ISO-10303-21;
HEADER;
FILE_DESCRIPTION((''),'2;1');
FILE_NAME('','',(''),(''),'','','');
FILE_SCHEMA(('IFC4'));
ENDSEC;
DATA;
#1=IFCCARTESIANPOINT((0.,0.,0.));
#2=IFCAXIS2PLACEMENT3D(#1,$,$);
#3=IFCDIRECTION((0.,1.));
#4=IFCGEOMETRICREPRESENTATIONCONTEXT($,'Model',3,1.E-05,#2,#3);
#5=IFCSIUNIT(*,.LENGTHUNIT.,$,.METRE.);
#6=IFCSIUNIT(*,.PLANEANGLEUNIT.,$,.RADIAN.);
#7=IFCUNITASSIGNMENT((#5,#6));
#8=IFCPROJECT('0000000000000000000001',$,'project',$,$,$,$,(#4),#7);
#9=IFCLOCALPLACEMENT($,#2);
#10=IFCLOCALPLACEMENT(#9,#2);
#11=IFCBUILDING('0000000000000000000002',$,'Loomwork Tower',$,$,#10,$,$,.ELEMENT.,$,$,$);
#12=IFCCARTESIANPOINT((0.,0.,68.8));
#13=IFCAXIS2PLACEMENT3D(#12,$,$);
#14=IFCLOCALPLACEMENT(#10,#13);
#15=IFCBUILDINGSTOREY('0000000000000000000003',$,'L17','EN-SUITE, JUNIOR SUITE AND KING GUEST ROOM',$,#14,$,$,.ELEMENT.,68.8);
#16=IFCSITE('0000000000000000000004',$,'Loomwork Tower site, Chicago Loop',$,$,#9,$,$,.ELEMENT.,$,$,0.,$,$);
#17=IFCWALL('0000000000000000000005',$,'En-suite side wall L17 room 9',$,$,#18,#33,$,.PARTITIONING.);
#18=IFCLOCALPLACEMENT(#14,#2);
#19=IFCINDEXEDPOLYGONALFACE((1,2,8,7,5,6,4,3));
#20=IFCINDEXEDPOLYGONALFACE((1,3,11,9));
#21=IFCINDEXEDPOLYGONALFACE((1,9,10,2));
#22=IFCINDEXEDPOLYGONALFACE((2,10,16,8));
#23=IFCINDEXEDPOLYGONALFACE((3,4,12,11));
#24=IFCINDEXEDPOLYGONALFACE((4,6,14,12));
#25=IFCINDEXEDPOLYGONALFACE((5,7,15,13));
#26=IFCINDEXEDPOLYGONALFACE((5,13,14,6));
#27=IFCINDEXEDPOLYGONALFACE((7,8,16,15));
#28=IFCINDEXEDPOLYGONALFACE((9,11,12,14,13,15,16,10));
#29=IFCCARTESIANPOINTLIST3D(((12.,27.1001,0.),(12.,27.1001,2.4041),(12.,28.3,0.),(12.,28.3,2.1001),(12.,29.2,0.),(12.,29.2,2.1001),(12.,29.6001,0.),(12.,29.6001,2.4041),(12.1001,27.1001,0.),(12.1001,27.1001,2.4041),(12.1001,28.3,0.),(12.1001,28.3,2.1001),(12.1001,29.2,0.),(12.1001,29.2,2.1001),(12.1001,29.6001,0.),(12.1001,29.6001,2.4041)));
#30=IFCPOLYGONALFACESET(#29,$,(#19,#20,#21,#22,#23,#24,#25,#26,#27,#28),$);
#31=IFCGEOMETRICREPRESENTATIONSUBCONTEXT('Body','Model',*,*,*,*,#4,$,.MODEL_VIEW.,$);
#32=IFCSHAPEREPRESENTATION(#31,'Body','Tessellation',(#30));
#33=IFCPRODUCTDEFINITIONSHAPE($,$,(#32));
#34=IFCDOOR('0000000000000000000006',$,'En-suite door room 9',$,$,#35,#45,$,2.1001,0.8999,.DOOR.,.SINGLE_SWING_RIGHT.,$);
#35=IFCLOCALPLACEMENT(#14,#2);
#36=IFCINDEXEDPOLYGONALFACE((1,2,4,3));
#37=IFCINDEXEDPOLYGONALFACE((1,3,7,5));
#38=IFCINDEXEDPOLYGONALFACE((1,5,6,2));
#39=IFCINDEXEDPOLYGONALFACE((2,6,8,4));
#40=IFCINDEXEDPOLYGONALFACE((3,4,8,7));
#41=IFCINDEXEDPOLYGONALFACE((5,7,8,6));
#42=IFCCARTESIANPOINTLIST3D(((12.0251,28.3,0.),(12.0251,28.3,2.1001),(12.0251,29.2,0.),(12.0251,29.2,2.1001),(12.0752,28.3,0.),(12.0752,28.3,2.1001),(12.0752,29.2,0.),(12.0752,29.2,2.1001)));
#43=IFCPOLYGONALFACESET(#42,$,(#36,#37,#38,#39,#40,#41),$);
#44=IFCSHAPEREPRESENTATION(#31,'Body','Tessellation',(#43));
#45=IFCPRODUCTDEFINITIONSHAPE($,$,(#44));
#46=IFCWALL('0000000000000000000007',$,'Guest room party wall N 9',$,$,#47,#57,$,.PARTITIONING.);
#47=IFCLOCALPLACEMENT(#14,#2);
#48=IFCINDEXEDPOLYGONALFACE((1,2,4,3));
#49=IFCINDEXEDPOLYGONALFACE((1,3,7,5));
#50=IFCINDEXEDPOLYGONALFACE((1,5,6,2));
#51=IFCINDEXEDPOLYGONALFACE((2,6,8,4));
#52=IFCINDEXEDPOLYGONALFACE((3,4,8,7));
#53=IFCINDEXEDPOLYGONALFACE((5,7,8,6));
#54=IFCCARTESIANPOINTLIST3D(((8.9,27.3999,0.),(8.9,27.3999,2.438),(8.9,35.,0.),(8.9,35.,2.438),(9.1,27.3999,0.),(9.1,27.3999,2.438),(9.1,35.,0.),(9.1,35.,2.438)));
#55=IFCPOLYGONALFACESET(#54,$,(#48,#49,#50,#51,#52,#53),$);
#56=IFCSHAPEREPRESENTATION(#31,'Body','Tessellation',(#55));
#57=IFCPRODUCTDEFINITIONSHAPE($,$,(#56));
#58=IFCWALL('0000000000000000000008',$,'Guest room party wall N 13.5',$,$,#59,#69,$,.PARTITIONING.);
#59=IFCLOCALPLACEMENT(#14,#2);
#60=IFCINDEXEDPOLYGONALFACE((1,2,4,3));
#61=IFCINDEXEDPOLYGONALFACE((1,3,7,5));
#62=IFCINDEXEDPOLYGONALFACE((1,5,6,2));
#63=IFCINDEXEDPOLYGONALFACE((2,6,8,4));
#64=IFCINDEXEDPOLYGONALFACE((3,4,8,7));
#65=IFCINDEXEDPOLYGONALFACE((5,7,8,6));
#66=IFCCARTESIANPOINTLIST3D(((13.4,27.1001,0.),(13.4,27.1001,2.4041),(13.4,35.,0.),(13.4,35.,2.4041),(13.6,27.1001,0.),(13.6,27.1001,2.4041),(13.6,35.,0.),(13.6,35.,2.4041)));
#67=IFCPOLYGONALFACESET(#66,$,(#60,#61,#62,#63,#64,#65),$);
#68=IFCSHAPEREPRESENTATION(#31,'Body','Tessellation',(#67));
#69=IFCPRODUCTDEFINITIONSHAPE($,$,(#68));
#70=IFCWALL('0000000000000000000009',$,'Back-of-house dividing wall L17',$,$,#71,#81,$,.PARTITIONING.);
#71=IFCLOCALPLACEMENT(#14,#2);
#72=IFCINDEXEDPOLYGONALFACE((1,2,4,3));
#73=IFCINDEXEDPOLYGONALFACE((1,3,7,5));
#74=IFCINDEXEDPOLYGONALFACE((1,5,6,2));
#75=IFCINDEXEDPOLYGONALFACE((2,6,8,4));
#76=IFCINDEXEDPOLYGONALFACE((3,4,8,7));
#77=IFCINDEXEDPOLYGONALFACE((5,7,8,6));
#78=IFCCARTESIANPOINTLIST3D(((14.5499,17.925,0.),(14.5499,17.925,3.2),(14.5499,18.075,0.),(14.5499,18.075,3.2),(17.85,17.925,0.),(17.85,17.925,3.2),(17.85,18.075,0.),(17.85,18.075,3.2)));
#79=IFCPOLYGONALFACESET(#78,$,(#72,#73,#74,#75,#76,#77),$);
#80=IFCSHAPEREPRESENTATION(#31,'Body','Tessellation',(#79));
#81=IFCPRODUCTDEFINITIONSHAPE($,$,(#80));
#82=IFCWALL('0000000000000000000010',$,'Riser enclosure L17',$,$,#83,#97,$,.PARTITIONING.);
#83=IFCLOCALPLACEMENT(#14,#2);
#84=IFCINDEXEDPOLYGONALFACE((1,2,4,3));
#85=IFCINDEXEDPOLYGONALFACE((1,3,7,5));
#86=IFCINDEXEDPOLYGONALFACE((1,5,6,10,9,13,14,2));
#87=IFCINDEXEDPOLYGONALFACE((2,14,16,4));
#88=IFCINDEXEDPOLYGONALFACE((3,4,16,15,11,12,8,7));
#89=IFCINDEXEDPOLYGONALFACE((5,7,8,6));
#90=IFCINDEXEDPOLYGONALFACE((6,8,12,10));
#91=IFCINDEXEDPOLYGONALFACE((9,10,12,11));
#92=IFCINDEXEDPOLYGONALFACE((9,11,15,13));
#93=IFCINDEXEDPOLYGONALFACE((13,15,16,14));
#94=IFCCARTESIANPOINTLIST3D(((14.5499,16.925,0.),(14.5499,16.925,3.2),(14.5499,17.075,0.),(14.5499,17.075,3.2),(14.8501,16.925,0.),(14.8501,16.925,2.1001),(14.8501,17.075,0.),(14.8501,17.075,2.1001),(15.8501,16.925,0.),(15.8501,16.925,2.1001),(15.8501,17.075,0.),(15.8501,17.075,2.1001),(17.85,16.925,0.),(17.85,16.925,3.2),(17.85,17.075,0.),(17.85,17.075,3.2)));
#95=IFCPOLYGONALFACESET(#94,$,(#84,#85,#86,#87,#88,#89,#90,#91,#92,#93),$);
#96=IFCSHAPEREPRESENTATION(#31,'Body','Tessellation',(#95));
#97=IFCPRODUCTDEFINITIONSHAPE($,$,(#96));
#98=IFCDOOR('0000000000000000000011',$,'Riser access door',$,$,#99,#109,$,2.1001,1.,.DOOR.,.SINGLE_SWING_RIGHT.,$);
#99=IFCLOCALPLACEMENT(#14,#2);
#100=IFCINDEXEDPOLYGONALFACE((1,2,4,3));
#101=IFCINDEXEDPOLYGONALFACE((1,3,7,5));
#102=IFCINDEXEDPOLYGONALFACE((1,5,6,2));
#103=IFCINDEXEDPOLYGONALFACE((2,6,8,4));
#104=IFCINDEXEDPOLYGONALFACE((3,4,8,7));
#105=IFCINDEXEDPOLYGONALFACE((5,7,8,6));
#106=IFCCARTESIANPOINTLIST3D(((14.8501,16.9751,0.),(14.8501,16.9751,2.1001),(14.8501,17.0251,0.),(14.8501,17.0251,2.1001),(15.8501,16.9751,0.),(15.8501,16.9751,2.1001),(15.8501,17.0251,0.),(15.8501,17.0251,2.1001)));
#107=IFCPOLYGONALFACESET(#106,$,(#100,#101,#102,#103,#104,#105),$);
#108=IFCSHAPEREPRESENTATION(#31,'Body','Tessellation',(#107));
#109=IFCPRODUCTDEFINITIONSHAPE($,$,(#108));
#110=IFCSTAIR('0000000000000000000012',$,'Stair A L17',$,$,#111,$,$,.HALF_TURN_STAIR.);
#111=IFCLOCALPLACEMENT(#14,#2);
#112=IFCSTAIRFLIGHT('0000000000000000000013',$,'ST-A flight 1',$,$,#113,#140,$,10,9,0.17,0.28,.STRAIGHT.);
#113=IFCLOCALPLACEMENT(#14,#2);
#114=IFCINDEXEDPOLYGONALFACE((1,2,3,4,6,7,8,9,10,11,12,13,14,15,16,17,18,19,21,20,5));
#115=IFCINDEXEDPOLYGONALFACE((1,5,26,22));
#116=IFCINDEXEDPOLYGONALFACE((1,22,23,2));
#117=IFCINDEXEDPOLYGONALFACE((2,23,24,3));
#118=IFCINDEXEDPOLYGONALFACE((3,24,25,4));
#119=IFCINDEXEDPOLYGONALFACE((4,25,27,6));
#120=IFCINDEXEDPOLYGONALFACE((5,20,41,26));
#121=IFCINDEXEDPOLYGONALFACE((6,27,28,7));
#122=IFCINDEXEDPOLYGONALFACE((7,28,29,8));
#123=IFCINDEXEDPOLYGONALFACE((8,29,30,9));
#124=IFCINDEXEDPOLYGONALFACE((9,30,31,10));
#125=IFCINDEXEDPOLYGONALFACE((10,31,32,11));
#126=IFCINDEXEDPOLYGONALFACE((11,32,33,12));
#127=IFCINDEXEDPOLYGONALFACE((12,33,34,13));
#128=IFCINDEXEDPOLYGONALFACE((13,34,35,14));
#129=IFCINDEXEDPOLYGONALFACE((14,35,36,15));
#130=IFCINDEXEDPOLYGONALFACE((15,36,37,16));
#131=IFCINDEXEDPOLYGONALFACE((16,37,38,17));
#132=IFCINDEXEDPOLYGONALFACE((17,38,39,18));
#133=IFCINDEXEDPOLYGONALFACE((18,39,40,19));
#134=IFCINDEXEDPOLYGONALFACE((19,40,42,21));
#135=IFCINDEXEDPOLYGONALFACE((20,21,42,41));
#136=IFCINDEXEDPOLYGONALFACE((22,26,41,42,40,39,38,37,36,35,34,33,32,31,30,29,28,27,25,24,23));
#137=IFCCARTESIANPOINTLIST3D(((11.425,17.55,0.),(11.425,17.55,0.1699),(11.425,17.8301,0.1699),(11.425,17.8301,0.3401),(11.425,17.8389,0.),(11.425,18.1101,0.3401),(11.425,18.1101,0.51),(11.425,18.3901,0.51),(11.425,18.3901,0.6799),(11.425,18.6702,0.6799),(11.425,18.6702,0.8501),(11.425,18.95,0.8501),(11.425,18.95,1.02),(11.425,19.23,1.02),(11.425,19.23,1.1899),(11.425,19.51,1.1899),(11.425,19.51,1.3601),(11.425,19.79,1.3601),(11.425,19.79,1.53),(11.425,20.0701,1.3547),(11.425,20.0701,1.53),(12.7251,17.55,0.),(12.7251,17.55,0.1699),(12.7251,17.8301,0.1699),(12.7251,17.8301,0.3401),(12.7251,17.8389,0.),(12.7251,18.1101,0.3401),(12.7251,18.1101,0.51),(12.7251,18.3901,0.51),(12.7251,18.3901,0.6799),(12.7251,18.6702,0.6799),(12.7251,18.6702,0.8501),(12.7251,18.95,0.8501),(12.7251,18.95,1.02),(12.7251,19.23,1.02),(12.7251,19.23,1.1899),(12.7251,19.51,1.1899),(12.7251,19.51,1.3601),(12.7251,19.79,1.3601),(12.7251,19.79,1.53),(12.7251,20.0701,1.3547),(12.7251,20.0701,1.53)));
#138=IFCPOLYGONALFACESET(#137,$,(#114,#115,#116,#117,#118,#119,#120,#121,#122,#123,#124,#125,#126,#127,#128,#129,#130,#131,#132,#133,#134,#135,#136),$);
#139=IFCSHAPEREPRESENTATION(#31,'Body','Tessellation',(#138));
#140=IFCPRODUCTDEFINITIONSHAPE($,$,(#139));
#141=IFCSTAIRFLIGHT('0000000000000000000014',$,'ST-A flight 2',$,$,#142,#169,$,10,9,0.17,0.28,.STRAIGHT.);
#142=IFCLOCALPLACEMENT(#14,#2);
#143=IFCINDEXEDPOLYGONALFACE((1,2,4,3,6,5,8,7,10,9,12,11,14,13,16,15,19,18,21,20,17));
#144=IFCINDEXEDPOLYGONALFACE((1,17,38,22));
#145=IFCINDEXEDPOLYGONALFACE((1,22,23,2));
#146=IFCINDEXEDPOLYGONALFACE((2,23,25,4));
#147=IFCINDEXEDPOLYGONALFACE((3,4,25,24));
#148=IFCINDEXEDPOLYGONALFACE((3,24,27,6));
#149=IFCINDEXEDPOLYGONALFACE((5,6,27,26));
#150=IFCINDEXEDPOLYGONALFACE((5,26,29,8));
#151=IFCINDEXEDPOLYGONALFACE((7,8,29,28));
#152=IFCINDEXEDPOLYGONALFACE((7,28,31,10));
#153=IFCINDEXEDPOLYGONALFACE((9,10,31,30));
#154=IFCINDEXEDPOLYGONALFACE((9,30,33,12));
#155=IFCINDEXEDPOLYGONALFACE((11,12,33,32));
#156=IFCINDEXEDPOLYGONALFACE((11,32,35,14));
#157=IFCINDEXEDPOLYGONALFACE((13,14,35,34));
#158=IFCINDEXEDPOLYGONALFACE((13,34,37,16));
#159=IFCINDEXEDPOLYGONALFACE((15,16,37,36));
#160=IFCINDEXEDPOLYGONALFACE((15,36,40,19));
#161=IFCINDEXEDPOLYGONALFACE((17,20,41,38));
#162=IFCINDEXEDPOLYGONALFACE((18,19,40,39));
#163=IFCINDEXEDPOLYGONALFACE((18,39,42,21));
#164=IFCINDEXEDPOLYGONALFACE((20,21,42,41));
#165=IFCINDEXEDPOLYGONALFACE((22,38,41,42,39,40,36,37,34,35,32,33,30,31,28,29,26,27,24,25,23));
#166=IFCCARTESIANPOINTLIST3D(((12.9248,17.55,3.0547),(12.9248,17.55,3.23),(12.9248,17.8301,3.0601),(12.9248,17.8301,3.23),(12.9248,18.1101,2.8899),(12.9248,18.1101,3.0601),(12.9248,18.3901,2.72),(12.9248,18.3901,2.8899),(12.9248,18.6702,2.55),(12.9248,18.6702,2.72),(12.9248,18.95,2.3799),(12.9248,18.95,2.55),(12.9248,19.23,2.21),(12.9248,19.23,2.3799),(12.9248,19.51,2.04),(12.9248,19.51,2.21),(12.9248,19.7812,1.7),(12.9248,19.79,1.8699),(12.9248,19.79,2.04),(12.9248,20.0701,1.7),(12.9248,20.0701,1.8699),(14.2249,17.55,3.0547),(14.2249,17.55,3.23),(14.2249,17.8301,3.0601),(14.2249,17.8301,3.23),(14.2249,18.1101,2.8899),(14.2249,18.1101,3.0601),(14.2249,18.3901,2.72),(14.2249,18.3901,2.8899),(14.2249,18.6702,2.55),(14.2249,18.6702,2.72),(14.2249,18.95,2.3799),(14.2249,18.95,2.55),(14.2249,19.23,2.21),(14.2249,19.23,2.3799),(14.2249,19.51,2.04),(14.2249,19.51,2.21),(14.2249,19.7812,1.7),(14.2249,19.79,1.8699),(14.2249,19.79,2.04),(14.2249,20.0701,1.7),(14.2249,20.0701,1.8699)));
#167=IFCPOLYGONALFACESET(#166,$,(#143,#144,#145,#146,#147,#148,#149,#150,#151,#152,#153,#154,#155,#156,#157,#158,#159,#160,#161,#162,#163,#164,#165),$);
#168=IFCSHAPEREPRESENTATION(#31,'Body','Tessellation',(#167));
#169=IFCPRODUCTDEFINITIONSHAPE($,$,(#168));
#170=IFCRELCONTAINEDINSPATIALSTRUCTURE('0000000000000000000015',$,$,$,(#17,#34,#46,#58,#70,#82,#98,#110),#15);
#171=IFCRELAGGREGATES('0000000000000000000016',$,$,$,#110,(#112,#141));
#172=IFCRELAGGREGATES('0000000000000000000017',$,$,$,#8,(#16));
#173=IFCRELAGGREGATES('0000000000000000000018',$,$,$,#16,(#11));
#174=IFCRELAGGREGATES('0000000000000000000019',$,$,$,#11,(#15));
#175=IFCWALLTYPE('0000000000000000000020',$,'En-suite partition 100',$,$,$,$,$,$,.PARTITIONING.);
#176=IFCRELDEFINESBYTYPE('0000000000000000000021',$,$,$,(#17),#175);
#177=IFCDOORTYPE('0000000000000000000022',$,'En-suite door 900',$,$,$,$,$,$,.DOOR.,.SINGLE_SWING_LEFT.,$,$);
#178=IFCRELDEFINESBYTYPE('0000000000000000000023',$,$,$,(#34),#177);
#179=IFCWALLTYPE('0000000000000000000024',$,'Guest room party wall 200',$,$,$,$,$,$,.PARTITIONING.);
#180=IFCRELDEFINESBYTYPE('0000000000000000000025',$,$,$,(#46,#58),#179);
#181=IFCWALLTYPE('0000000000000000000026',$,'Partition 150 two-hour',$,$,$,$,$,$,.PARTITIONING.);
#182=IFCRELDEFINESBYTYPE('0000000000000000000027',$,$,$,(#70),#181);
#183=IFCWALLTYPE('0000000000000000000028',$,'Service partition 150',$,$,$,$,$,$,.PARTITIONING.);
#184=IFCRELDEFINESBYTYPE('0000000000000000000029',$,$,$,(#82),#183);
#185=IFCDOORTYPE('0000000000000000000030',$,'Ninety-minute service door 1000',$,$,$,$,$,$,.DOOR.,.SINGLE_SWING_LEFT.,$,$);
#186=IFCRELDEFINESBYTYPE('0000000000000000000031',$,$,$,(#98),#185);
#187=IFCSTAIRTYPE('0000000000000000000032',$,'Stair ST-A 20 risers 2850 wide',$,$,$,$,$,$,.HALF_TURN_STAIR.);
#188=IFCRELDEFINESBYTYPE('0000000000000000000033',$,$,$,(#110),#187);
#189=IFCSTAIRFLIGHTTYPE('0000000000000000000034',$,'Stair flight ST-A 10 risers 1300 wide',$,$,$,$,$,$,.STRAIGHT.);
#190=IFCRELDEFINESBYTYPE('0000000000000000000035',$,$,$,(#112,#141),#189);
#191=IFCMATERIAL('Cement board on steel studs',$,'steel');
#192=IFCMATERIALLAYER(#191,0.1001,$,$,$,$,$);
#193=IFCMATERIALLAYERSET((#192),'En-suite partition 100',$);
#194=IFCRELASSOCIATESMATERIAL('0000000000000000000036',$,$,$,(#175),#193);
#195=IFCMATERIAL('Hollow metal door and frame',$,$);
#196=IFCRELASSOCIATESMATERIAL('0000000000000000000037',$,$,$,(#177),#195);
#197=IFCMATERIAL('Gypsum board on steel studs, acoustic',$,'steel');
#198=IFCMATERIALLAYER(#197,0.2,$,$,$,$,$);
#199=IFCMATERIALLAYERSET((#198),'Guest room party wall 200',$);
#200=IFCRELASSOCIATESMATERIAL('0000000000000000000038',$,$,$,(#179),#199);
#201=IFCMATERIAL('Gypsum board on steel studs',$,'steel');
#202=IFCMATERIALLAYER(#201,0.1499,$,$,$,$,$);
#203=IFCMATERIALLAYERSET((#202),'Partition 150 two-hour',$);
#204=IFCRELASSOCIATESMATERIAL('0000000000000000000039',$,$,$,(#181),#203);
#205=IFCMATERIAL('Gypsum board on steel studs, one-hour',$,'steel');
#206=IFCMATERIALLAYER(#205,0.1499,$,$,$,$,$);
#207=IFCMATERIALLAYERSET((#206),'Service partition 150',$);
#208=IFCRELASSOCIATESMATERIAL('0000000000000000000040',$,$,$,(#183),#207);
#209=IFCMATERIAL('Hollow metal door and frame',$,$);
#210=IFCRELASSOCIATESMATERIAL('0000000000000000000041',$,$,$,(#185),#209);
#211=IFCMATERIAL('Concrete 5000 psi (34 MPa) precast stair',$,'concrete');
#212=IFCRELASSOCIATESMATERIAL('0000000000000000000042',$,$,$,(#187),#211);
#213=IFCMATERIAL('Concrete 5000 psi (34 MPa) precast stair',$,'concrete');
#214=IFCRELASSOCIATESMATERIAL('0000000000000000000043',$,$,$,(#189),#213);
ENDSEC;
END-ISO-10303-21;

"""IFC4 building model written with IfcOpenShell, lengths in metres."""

from ifc_helpers import new_model, si_unit, direction, frame, frame_2d, origin, place, context, subcontext, project, spatial, polyline, rectangle, outline, extrude, material, layer, layer_set, type_object, element, fill, aggregate, save


model = new_model("IFC4")

# Units and contexts
model_context = context("Model", 3, precision=1e-05, world=origin(), true_north=direction((0.0, 1.0)))
body_context = subcontext(model_context, "Body", "Model", "MODEL_VIEW")
ifc_project = project(units=[si_unit("LENGTHUNIT", "METRE"), si_unit("PLANEANGLEUNIT", "RADIAN")], contexts=[model_context])

# Site, building, storey
site_placement = place(None, origin())
site = spatial("IfcSite", under=ifc_project, at=site_placement, Name="Loomwork Tower site, Chicago Loop", CompositionType="ELEMENT", RefElevation=0.0)
building_placement = place(site_placement, origin())
building = spatial("IfcBuilding", under=site, at=building_placement, Name="Loomwork Tower", CompositionType="ELEMENT")
storey_placement = place(building_placement, frame((0.0, 0.0, 68.8)))
storey = spatial("IfcBuildingStorey", under=building, at=storey_placement, Name="L17", Description="EN-SUITE, JUNIOR SUITE AND KING GUEST ROOM", CompositionType="ELEMENT", Elevation=68.8)

# Wall, opening, door
ifc_material_1 = material(Name="Cement board on steel studs", Category="steel")
ifc_layer_1 = layer(ifc_material_1, 0.1001)
ifc_layer_set_1 = layer_set([ifc_layer_1], Name="En-suite partition 100")
wall_type_1 = type_object("IfcWallType", Name="En-suite partition 100", PredefinedType="PARTITIONING", material=ifc_layer_set_1)
wall_1_placement = place(storey_placement, frame((12.05, 27.1001, 0.0), z_axis=(0.0, 0.0, 1.0), x_axis=(0.0, 1.0, 0.0)))
wall_1 = element("IfcWall", 1, at=wall_1_placement, inside=storey, type_object=wall_type_1, Name="En-suite side wall L17 room 9", PredefinedType="PARTITIONING", context=body_context, shape_type="SweptSolid", body=[
    extrude(rectangle(XDim=2.5, YDim=0.1001, at=frame_2d((1.25, 0.0))), origin(), (0.0, 0.0, 1.0), 2.4041),
])
opening_1_placement = place(wall_1_placement, frame((1.2, 0.0, 0.0)))
opening_1 = element("IfcOpeningElement", 2, at=opening_1_placement, cuts=wall_1, PredefinedType="OPENING", context=body_context, shape_type="SweptSolid", body=[
    extrude(rectangle(XDim=0.8999, YDim=2.1001, at=frame_2d((0.45, 1.05))), frame((0.0, 0.0601, 0.0), z_axis=(0.0, -1.0, 0.0), x_axis=(1.0, 0.0, 0.0)), (0.0, 0.0, 1.0), 0.1201),
])
ifc_material_2 = material(Name="Hollow metal door and frame")
door_type_1 = type_object("IfcDoorType", Name="En-suite door 900", OperationType="SINGLE_SWING_LEFT", PredefinedType="DOOR", material=ifc_material_2)
door_1_placement = place(opening_1_placement, origin())
door_1 = element("IfcDoor", 3, at=door_1_placement, inside=storey, type_object=door_type_1, Name="En-suite door room 9", OperationType="SINGLE_SWING_RIGHT", OverallHeight=2.1001, OverallWidth=0.8999, PredefinedType="DOOR", context=body_context, shape_type="SweptSolid", body=[
    extrude(rectangle(XDim=0.8999, YDim=2.1001, at=frame_2d((0.45, 1.05))), frame((0.0, 0.0249, 0.0), z_axis=(0.0, -1.0, 0.0), x_axis=(1.0, 0.0, 0.0)), (0.0, 0.0, 1.0), 0.05),
])
fill(opening_1, door_1)

# Walls
ifc_material_3 = material(Name="Gypsum board on steel studs, acoustic", Category="steel")
ifc_layer_2 = layer(ifc_material_3, 0.2)
ifc_layer_set_2 = layer_set([ifc_layer_2], Name="Guest room party wall 200")
wall_type_2 = type_object("IfcWallType", Name="Guest room party wall 200", PredefinedType="PARTITIONING", material=ifc_layer_set_2)
wall_2_placement = place(storey_placement, frame((9.0, 27.3999, 0.0), z_axis=(0.0, 0.0, 1.0), x_axis=(0.0, 1.0, 0.0)))
element("IfcWall", 4, at=wall_2_placement, inside=storey, type_object=wall_type_2, Name="Guest room party wall N 9", PredefinedType="PARTITIONING", context=body_context, shape_type="SweptSolid", body=[
    extrude(rectangle(XDim=7.6001, YDim=0.2, at=frame_2d((3.8, 0.0))), origin(), (0.0, 0.0, 1.0), 2.438),
])
wall_3_placement = place(storey_placement, frame((13.5, 27.1001, 0.0), z_axis=(0.0, 0.0, 1.0), x_axis=(0.0, 1.0, 0.0)))
element("IfcWall", 5, at=wall_3_placement, inside=storey, type_object=wall_type_2, Name="Guest room party wall N 13.5", PredefinedType="PARTITIONING", context=body_context, shape_type="SweptSolid", body=[
    extrude(rectangle(XDim=7.8999, YDim=0.2, at=frame_2d((3.95, 0.0))), origin(), (0.0, 0.0, 1.0), 2.4041),
])
ifc_material_4 = material(Name="Gypsum board on steel studs", Category="steel")
ifc_layer_3 = layer(ifc_material_4, 0.1499)
ifc_layer_set_3 = layer_set([ifc_layer_3], Name="Partition 150 two-hour")
wall_type_3 = type_object("IfcWallType", Name="Partition 150 two-hour", PredefinedType="PARTITIONING", material=ifc_layer_set_3)
wall_4_placement = place(storey_placement, frame((14.55, 18.0, 0.0), z_axis=(0.0, 0.0, 1.0), x_axis=(1.0, 0.0, 0.0)))
element("IfcWall", 6, at=wall_4_placement, inside=storey, type_object=wall_type_3, Name="Back-of-house dividing wall L17", PredefinedType="PARTITIONING", context=body_context, shape_type="SweptSolid", body=[
    extrude(rectangle(XDim=3.3, YDim=0.1499, at=frame_2d((1.6499, 0.0))), origin(), (0.0, 0.0, 1.0), 3.2),
])

# Wall, opening, door
ifc_material_5 = material(Name="Gypsum board on steel studs, one-hour", Category="steel")
ifc_layer_4 = layer(ifc_material_5, 0.1499)
ifc_layer_set_4 = layer_set([ifc_layer_4], Name="Service partition 150")
wall_type_4 = type_object("IfcWallType", Name="Service partition 150", PredefinedType="PARTITIONING", material=ifc_layer_set_4)
wall_5_placement = place(storey_placement, frame((14.55, 17.0, 0.0), z_axis=(0.0, 0.0, 1.0), x_axis=(1.0, 0.0, 0.0)))
wall_5 = element("IfcWall", 7, at=wall_5_placement, inside=storey, type_object=wall_type_4, Name="Riser enclosure L17", PredefinedType="PARTITIONING", context=body_context, shape_type="SweptSolid", body=[
    extrude(rectangle(XDim=3.3, YDim=0.1499, at=frame_2d((1.6499, 0.0))), origin(), (0.0, 0.0, 1.0), 3.2),
])
opening_2_placement = place(wall_5_placement, frame((0.3, 0.0, 0.0)))
opening_2 = element("IfcOpeningElement", 8, at=opening_2_placement, cuts=wall_5, PredefinedType="OPENING", context=body_context, shape_type="SweptSolid", body=[
    extrude(rectangle(XDim=1.0, YDim=2.1001, at=frame_2d((0.5, 1.05))), frame((0.0, 0.085, 0.0), z_axis=(0.0, -1.0, 0.0), x_axis=(1.0, 0.0, 0.0)), (0.0, 0.0, 1.0), 0.1699),
])
ifc_material_6 = material(Name="Hollow metal door and frame")
door_type_2 = type_object("IfcDoorType", Name="Ninety-minute service door 1000", OperationType="SINGLE_SWING_LEFT", PredefinedType="DOOR", material=ifc_material_6)
door_2_placement = place(opening_2_placement, frame((1.0, 0.0, 0.0), z_axis=(0.0, 0.0, 1.0), x_axis=(-1.0, 0.0, 0.0)))
door_2 = element("IfcDoor", 9, at=door_2_placement, inside=storey, type_object=door_type_2, Name="Riser access door", OperationType="SINGLE_SWING_RIGHT", OverallHeight=2.1001, OverallWidth=1.0, PredefinedType="DOOR", context=body_context, shape_type="SweptSolid", body=[
    extrude(rectangle(XDim=1.0, YDim=2.1001, at=frame_2d((0.5, 1.05))), frame((0.0, 0.0249, 0.0), z_axis=(0.0, -1.0, 0.0), x_axis=(1.0, 0.0, 0.0)), (0.0, 0.0, 1.0), 0.05),
])
fill(opening_2, door_2)

# Stair, stair flights
ifc_material_7 = material(Name="Concrete 5000 psi (34 MPa) precast stair", Category="concrete")
stair_type = type_object("IfcStairType", Name="Stair ST-A 20 risers 2850 wide", PredefinedType="HALF_TURN_STAIR", material=ifc_material_7)
stair_placement = place(storey_placement, origin())
stair = element("IfcStair", 10, at=stair_placement, inside=storey, type_object=stair_type, Name="Stair A L17", PredefinedType="HALF_TURN_STAIR")
ifc_material_8 = material(Name="Concrete 5000 psi (34 MPa) precast stair", Category="concrete")
stair_flight_type = type_object("IfcStairFlightType", Name="Stair flight ST-A 10 risers 1300 wide", PredefinedType="STRAIGHT", material=ifc_material_8)
stair_flight_1_placement = place(storey_placement, frame((12.075, 17.55, 0.0), z_axis=(0.0, 0.0, 1.0), x_axis=(0.0, 1.0, 0.0)))
stair_flight_1 = element("IfcStairFlight", 11, at=stair_flight_1_placement, type_object=stair_flight_type, Name="ST-A flight 1", NumberOfRisers=10, NumberOfTreads=9, PredefinedType="STRAIGHT", RiserHeight=0.17, TreadLength=0.28, context=body_context, shape_type="SweptSolid", body=[
    extrude(outline(polyline([(0.0, 0.0), (0.0, 0.1699), (0.28, 0.1699), (0.28, 0.3401), (0.5601, 0.3401), (0.5601, 0.51), (0.8401, 0.51), (0.8401, 0.6799), (1.1201, 0.6799), (1.1201, 0.8501), (1.3999, 0.8501), (1.3999, 1.02), (1.6799, 1.02), (1.6799, 1.1899), (1.96, 1.1899), (1.96, 1.3601), (2.24, 1.3601), (2.24, 1.53), (2.52, 1.53), (2.52, 1.7), (2.52, 1.3547), (0.2888, 0.0), (0.0, 0.0)])), frame((0.0, 0.6499, 0.0), z_axis=(0.0, -1.0, 0.0), x_axis=(1.0, 0.0, 0.0)), (0.0, 0.0, 1.0), 1.3),
])
stair_flight_2_placement = place(storey_placement, frame((13.575, 20.0701, 1.7), z_axis=(0.0, 0.0, 1.0), x_axis=(0.0, -1.0, 0.0)))
stair_flight_2 = element("IfcStairFlight", 12, at=stair_flight_2_placement, type_object=stair_flight_type, Name="ST-A flight 2", NumberOfRisers=10, NumberOfTreads=9, PredefinedType="STRAIGHT", RiserHeight=0.17, TreadLength=0.28, context=body_context, shape_type="SweptSolid", body=[
    extrude(outline(polyline([(0.0, 0.0), (0.0, 0.1699), (0.28, 0.1699), (0.28, 0.3401), (0.5601, 0.3401), (0.5601, 0.51), (0.8401, 0.51), (0.8401, 0.6799), (1.1201, 0.6799), (1.1201, 0.8501), (1.3999, 0.8501), (1.3999, 1.02), (1.6799, 1.02), (1.6799, 1.1899), (1.96, 1.1899), (1.96, 1.3601), (2.24, 1.3601), (2.24, 1.53), (2.52, 1.53), (2.52, 1.7), (2.52, 1.3547), (0.2888, 0.0), (0.0, 0.0)])), frame((0.0, 0.6499, 0.0), z_axis=(0.0, -1.0, 0.0), x_axis=(1.0, 0.0, 0.0)), (0.0, 0.0, 1.0), 1.3),
])
aggregate(stair, [stair_flight_1, stair_flight_2])

save(model, "model.ifc")
